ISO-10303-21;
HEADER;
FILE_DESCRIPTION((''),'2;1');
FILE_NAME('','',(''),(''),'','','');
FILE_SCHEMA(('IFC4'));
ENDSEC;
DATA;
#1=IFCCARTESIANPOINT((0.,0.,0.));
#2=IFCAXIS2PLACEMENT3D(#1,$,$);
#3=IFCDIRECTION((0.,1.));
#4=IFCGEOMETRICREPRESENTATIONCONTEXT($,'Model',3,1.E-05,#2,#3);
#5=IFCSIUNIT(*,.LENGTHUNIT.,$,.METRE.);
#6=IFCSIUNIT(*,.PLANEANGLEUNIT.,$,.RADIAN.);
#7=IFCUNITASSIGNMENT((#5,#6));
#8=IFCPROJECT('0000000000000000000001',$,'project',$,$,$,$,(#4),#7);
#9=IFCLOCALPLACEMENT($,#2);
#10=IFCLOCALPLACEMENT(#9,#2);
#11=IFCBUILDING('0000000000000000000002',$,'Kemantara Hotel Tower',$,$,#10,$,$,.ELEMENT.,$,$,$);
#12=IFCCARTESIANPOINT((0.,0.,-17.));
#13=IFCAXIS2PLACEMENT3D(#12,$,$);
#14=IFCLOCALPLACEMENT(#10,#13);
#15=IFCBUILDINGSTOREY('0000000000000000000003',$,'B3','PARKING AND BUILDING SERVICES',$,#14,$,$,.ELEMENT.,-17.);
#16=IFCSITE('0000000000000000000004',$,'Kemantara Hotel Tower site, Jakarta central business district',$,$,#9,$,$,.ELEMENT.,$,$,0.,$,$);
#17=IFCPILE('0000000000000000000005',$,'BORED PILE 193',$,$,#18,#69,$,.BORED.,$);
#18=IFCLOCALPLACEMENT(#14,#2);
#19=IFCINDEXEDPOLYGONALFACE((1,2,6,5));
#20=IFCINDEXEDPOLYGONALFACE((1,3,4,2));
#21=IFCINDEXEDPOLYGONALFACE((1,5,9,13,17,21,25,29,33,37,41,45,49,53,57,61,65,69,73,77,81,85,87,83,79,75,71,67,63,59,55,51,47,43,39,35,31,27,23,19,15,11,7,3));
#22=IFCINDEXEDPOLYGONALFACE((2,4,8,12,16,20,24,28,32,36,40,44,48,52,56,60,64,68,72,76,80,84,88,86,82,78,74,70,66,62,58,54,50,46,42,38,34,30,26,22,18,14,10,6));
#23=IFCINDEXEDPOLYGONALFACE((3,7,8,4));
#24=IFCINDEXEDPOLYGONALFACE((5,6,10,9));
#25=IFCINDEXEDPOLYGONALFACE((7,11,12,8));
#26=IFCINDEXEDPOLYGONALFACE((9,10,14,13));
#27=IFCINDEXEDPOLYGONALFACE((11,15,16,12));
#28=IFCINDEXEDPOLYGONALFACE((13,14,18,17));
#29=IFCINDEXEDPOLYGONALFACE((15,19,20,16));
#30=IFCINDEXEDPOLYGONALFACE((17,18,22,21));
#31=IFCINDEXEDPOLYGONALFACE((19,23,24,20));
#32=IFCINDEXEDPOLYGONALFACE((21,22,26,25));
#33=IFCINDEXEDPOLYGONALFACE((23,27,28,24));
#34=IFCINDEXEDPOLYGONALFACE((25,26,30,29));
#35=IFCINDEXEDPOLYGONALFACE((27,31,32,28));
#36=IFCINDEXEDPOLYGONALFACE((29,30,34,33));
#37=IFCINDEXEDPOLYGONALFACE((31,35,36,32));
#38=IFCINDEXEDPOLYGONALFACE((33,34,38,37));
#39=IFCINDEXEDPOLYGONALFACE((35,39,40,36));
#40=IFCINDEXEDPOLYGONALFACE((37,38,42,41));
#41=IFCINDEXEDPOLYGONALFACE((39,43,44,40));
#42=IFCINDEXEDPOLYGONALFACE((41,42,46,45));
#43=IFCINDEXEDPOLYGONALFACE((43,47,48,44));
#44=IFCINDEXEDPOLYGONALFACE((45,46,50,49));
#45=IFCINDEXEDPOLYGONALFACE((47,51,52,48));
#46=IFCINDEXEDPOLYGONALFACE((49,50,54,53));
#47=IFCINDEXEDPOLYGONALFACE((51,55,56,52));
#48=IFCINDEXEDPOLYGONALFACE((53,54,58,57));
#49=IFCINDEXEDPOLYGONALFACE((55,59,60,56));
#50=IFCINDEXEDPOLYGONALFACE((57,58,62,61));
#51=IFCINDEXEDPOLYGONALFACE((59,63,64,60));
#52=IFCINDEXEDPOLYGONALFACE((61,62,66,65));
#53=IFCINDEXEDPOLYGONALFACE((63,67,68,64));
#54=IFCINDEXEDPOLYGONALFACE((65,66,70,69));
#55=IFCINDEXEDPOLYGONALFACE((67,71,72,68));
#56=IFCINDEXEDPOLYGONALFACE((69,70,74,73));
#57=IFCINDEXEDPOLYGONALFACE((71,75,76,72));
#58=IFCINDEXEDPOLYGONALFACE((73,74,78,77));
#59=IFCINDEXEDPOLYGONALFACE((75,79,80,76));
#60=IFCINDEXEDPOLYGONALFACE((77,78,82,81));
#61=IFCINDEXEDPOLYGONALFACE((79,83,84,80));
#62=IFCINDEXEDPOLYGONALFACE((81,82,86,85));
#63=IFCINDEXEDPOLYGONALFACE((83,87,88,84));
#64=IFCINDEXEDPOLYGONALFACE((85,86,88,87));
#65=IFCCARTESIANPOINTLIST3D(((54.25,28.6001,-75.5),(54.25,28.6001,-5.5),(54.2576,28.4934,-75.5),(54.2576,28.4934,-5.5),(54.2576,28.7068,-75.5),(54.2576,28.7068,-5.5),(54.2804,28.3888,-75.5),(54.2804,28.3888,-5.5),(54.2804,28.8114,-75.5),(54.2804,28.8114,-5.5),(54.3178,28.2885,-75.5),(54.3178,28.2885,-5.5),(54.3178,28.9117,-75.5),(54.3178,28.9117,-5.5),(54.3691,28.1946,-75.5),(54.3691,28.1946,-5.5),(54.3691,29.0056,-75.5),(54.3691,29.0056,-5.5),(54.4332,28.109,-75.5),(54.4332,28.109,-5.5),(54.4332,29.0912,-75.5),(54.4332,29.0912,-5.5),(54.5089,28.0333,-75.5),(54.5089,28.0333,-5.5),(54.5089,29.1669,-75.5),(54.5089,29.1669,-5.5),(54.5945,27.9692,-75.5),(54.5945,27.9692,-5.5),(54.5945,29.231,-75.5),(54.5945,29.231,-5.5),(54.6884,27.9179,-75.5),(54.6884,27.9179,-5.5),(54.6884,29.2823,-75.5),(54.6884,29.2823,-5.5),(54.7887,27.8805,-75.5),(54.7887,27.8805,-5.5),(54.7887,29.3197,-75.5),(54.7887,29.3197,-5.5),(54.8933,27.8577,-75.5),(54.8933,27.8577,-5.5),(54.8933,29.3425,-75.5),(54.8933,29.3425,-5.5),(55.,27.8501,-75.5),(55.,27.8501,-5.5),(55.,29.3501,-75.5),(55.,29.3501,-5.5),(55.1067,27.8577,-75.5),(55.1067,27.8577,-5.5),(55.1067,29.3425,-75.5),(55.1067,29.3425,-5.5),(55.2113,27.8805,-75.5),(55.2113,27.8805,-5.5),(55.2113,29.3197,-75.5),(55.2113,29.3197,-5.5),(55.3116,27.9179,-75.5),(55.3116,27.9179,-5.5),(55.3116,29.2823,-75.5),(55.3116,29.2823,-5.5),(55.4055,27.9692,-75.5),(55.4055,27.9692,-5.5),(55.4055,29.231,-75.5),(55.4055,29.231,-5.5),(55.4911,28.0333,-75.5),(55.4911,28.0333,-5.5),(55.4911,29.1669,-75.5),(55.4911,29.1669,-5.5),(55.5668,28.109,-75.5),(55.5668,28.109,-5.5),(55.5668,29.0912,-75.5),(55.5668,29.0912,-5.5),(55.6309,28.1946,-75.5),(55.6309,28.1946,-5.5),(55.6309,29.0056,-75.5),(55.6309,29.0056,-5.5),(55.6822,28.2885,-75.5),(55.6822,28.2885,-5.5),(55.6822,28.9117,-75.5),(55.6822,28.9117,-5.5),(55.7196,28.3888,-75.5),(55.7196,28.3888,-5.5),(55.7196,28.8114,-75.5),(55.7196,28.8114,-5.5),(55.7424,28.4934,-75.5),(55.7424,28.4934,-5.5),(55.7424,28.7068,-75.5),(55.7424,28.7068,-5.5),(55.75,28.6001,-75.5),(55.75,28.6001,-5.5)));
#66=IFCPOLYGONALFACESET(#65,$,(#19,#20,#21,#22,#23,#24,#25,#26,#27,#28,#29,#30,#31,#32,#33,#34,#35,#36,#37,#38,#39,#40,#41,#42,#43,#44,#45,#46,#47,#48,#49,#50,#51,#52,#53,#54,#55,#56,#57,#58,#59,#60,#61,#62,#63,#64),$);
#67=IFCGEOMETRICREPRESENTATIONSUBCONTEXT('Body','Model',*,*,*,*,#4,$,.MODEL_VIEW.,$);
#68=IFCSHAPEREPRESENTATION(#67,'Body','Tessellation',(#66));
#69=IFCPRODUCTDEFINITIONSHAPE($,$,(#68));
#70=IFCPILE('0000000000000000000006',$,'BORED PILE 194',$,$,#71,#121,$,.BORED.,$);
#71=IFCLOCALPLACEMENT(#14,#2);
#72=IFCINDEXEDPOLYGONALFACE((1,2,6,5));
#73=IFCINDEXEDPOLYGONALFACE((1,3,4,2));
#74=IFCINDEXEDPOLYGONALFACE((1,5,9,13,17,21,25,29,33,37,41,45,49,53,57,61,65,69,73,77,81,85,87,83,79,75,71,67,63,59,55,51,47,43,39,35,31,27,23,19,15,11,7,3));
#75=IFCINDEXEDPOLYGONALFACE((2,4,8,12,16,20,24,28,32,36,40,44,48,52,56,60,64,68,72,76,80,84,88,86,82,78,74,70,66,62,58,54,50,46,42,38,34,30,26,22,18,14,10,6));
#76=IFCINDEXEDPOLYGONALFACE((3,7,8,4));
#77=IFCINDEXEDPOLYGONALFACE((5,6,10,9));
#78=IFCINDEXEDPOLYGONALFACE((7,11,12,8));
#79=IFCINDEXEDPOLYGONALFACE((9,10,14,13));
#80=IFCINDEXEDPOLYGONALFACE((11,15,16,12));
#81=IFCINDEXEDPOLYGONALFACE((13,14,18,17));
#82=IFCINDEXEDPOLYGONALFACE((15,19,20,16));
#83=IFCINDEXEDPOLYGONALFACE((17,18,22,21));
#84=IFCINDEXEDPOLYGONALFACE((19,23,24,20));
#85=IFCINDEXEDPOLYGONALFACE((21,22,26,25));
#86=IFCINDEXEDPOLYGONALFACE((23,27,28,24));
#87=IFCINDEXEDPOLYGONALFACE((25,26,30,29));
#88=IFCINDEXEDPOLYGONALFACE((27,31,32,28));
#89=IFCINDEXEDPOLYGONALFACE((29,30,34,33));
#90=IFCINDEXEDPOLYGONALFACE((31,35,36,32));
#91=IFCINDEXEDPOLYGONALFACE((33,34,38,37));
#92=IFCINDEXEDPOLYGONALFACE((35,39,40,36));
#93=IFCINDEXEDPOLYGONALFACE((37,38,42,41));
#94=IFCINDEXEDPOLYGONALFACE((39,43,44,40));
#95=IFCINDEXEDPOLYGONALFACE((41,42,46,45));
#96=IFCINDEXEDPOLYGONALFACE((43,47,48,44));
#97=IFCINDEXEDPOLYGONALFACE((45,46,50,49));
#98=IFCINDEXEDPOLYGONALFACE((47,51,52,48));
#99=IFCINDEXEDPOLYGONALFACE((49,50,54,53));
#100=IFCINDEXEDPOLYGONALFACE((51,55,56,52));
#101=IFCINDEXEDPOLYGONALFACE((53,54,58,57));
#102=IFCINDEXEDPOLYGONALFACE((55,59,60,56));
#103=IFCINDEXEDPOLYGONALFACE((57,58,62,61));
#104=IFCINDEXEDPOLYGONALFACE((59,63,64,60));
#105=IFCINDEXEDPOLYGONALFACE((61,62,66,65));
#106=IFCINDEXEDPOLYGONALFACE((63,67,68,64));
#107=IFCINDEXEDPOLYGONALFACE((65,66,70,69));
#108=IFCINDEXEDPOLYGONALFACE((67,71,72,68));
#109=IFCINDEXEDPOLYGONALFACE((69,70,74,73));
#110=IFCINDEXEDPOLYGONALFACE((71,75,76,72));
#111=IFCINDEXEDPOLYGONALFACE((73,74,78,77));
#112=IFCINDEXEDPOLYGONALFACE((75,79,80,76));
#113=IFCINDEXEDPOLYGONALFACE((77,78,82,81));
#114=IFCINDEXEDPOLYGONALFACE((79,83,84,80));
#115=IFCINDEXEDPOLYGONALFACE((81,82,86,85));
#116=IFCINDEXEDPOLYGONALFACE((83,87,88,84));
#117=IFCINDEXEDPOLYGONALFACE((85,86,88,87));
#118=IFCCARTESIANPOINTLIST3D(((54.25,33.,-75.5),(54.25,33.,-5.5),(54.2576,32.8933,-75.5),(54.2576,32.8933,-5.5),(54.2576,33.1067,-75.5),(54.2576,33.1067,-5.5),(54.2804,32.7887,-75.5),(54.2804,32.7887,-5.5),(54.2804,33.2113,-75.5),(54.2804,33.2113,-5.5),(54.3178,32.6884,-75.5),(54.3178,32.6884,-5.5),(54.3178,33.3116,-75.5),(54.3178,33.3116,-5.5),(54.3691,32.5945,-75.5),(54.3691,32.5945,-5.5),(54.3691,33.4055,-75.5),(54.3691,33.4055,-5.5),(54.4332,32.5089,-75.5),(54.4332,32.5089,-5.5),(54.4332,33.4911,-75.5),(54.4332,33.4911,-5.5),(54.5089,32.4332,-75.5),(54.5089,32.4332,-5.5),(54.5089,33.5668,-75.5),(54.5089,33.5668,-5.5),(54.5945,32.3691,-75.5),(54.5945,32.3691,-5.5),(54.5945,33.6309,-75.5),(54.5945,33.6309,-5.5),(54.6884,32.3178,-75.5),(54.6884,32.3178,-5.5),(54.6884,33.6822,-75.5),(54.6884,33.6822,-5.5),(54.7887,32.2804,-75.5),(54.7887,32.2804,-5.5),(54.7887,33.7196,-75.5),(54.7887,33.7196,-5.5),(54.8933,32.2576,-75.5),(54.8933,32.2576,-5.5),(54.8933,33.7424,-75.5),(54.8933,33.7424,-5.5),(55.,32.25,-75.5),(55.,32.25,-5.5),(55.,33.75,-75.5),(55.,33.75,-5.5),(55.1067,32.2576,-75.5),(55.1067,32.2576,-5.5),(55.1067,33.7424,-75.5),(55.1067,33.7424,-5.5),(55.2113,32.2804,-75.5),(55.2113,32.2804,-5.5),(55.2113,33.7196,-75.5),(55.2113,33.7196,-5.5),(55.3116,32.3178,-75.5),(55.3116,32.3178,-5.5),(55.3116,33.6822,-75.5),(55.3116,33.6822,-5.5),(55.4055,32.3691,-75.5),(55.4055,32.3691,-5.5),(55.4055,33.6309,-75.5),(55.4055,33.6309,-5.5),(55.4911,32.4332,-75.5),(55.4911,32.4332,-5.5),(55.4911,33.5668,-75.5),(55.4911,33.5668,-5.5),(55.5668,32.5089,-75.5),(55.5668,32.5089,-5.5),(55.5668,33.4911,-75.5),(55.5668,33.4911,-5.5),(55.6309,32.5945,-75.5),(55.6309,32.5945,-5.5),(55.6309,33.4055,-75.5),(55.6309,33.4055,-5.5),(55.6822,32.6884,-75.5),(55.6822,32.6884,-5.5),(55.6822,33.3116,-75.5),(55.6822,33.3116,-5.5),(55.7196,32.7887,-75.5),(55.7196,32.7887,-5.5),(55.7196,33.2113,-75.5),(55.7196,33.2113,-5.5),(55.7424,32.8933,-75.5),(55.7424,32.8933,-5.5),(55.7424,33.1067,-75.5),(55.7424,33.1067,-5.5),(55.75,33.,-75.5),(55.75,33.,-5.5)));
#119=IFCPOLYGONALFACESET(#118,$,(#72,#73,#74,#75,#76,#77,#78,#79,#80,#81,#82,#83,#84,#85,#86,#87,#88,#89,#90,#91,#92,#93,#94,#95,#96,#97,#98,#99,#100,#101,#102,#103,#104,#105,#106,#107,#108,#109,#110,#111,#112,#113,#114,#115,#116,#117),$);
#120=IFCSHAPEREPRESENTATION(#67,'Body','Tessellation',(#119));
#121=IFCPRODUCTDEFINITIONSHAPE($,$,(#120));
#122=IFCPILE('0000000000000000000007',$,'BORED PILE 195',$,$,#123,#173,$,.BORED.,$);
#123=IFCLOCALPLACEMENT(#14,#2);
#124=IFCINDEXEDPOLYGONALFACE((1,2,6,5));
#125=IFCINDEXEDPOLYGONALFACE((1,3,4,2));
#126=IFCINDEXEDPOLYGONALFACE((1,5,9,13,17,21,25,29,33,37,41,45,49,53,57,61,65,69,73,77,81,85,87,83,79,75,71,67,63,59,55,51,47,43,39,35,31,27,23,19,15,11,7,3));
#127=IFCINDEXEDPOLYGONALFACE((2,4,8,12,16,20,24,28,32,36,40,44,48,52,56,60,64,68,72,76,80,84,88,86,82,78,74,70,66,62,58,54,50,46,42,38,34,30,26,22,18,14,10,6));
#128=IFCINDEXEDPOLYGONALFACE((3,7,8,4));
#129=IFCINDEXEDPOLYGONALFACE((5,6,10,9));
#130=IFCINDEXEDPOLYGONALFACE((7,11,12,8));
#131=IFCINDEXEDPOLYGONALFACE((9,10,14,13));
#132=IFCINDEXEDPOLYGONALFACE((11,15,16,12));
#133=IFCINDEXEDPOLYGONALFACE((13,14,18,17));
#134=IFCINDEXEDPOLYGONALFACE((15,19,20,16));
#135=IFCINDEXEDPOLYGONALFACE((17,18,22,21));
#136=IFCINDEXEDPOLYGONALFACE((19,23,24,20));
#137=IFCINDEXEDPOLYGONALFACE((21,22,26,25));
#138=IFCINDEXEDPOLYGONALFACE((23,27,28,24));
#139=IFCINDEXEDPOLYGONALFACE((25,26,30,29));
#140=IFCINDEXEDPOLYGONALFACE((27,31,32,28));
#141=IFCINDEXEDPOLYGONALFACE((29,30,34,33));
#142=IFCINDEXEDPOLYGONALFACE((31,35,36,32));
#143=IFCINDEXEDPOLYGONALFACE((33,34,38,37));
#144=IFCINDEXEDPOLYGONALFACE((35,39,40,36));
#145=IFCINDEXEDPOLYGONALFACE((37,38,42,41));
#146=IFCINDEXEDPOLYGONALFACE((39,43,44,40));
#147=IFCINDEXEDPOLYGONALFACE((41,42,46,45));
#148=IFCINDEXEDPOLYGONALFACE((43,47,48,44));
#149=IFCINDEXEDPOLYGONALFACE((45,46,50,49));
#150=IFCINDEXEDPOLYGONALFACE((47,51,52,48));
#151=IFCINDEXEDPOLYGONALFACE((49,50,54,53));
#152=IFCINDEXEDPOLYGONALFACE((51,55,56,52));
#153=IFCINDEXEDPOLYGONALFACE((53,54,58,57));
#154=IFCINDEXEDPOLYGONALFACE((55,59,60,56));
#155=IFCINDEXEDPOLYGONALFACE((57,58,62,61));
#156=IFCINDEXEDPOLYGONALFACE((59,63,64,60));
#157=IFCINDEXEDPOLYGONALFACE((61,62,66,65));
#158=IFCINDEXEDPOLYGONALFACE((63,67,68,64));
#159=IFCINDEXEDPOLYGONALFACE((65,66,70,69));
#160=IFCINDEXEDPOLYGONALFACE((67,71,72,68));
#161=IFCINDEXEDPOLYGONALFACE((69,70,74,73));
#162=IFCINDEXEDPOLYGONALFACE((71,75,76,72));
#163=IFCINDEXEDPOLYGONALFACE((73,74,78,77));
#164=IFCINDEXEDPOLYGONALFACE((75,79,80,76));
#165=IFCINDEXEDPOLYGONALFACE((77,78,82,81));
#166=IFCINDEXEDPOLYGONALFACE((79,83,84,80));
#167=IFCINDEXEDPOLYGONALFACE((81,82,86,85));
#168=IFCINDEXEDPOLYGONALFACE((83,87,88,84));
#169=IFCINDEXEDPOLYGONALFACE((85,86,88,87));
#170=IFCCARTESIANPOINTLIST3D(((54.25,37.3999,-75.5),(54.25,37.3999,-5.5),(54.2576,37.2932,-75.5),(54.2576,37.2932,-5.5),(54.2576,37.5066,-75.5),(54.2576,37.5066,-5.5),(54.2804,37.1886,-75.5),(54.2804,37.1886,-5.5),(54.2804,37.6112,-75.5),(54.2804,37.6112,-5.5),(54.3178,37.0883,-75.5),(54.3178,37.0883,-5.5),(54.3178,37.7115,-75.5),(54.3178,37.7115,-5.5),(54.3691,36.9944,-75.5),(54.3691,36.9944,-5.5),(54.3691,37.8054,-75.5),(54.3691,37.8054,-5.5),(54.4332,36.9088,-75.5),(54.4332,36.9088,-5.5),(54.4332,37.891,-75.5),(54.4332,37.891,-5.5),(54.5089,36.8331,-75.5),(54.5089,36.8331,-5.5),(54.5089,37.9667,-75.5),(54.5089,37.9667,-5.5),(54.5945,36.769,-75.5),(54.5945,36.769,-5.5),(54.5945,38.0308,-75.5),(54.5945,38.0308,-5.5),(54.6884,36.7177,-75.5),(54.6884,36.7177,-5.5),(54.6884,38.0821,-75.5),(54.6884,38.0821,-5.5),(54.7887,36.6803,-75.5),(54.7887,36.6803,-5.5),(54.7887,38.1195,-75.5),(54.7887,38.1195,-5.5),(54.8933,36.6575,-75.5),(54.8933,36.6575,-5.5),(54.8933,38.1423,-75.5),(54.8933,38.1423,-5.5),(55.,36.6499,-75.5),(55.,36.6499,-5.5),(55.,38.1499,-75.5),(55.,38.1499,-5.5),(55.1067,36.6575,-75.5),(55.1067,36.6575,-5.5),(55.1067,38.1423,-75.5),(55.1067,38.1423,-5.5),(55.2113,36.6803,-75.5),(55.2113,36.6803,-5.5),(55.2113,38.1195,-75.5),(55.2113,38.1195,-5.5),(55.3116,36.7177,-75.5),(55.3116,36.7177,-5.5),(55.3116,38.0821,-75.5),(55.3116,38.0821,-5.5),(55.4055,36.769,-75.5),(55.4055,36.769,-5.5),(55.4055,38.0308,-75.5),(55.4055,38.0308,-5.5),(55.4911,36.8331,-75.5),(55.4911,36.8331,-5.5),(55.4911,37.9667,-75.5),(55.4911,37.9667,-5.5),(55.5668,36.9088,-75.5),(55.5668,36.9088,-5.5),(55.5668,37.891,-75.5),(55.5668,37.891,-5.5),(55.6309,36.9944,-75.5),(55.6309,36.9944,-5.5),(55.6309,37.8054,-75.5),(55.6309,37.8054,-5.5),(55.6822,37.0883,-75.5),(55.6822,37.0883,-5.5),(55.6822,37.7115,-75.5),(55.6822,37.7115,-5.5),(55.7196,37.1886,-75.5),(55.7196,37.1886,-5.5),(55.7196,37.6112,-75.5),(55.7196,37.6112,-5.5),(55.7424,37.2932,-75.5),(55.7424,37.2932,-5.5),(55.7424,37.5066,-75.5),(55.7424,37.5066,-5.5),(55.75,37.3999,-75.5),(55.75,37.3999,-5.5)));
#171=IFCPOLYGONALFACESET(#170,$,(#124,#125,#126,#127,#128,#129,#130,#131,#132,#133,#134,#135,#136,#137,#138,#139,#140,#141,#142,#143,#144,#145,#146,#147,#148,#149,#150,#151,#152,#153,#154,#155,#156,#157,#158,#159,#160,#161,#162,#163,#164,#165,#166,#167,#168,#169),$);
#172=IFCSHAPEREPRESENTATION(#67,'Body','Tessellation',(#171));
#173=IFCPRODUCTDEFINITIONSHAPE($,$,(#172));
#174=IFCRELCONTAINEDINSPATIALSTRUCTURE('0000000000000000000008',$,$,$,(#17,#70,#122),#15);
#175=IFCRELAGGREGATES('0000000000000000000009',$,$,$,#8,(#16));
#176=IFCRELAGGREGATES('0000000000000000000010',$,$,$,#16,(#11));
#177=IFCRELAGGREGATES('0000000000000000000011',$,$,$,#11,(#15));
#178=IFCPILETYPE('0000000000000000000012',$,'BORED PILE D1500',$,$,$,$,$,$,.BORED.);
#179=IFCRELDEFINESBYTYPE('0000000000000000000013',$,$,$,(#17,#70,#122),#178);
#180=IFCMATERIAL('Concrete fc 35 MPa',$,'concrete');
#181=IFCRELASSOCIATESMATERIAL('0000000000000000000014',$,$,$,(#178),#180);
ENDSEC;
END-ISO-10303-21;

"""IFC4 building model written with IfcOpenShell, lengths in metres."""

from ifc_helpers import new_model, si_unit, direction, frame, origin, origin_2d, place, context, subcontext, project, spatial, circle, extrude, material, material_profile, profile_set, type_object, element, save


model = new_model("IFC4")

# Units and contexts
model_context = context("Model", 3, precision=1e-05, world=origin(), true_north=direction((0.0, 1.0)))
body_context = subcontext(model_context, "Body", "Model", "MODEL_VIEW")
ifc_project = project(units=[si_unit("LENGTHUNIT", "METRE"), si_unit("PLANEANGLEUNIT", "RADIAN")], contexts=[model_context])

# Site, building, storey
site_placement = place(None, origin())
site = spatial("IfcSite", under=ifc_project, at=site_placement, Name="Kemantara Hotel Tower site, Jakarta central business district", CompositionType="ELEMENT", RefElevation=0.0)
building_placement = place(site_placement, origin())
building = spatial("IfcBuilding", under=site, at=building_placement, Name="Kemantara Hotel Tower", CompositionType="ELEMENT")
storey_placement = place(building_placement, frame((0.0, 0.0, -17.0)))
storey = spatial("IfcBuildingStorey", under=building, at=storey_placement, Name="B3", Description="PARKING AND BUILDING SERVICES", CompositionType="ELEMENT", Elevation=-17.0)

# Piles
ifc_material_1 = material(Name="Concrete fc 35 MPa", Category="concrete")
ifc_material_profile_1 = material_profile(ifc_material_1, circle(Radius=0.75, at=origin_2d()), Name="BORED PILE D1500")
ifc_profile_set_1 = profile_set([ifc_material_profile_1], Name="Concrete fc 35 MPa")
pile_type = type_object("IfcPileType", Name="BORED PILE D1500", PredefinedType="BORED", material=ifc_profile_set_1)
for number, where, z_axis, x_axis, name in (
    (1, (55.0, 28.6001, -5.5), (0.0, 0.0, -1.0), (1.0, 0.0, 0.0), "BORED PILE 193"),
    (2, (55.0, 33.0, -5.5), (0.0, 0.0, -1.0), (1.0, 0.0, 0.0), "BORED PILE 194"),
    (3, (55.0, 37.3999, -5.5), (0.0, 0.0, -1.0), (1.0, 0.0, 0.0), "BORED PILE 195"),
):
    element("IfcPile", number, at=place(storey_placement, frame(where, z_axis=z_axis, x_axis=x_axis)), inside=storey, type_object=pile_type, Name=name, PredefinedType="BORED", context=body_context, shape_type="SweptSolid", body=[
        extrude(circle(Radius=0.75, at=origin_2d()), origin(), (0.0, 0.0, 1.0), 70.0),
    ])

save(model, "model.ifc")
